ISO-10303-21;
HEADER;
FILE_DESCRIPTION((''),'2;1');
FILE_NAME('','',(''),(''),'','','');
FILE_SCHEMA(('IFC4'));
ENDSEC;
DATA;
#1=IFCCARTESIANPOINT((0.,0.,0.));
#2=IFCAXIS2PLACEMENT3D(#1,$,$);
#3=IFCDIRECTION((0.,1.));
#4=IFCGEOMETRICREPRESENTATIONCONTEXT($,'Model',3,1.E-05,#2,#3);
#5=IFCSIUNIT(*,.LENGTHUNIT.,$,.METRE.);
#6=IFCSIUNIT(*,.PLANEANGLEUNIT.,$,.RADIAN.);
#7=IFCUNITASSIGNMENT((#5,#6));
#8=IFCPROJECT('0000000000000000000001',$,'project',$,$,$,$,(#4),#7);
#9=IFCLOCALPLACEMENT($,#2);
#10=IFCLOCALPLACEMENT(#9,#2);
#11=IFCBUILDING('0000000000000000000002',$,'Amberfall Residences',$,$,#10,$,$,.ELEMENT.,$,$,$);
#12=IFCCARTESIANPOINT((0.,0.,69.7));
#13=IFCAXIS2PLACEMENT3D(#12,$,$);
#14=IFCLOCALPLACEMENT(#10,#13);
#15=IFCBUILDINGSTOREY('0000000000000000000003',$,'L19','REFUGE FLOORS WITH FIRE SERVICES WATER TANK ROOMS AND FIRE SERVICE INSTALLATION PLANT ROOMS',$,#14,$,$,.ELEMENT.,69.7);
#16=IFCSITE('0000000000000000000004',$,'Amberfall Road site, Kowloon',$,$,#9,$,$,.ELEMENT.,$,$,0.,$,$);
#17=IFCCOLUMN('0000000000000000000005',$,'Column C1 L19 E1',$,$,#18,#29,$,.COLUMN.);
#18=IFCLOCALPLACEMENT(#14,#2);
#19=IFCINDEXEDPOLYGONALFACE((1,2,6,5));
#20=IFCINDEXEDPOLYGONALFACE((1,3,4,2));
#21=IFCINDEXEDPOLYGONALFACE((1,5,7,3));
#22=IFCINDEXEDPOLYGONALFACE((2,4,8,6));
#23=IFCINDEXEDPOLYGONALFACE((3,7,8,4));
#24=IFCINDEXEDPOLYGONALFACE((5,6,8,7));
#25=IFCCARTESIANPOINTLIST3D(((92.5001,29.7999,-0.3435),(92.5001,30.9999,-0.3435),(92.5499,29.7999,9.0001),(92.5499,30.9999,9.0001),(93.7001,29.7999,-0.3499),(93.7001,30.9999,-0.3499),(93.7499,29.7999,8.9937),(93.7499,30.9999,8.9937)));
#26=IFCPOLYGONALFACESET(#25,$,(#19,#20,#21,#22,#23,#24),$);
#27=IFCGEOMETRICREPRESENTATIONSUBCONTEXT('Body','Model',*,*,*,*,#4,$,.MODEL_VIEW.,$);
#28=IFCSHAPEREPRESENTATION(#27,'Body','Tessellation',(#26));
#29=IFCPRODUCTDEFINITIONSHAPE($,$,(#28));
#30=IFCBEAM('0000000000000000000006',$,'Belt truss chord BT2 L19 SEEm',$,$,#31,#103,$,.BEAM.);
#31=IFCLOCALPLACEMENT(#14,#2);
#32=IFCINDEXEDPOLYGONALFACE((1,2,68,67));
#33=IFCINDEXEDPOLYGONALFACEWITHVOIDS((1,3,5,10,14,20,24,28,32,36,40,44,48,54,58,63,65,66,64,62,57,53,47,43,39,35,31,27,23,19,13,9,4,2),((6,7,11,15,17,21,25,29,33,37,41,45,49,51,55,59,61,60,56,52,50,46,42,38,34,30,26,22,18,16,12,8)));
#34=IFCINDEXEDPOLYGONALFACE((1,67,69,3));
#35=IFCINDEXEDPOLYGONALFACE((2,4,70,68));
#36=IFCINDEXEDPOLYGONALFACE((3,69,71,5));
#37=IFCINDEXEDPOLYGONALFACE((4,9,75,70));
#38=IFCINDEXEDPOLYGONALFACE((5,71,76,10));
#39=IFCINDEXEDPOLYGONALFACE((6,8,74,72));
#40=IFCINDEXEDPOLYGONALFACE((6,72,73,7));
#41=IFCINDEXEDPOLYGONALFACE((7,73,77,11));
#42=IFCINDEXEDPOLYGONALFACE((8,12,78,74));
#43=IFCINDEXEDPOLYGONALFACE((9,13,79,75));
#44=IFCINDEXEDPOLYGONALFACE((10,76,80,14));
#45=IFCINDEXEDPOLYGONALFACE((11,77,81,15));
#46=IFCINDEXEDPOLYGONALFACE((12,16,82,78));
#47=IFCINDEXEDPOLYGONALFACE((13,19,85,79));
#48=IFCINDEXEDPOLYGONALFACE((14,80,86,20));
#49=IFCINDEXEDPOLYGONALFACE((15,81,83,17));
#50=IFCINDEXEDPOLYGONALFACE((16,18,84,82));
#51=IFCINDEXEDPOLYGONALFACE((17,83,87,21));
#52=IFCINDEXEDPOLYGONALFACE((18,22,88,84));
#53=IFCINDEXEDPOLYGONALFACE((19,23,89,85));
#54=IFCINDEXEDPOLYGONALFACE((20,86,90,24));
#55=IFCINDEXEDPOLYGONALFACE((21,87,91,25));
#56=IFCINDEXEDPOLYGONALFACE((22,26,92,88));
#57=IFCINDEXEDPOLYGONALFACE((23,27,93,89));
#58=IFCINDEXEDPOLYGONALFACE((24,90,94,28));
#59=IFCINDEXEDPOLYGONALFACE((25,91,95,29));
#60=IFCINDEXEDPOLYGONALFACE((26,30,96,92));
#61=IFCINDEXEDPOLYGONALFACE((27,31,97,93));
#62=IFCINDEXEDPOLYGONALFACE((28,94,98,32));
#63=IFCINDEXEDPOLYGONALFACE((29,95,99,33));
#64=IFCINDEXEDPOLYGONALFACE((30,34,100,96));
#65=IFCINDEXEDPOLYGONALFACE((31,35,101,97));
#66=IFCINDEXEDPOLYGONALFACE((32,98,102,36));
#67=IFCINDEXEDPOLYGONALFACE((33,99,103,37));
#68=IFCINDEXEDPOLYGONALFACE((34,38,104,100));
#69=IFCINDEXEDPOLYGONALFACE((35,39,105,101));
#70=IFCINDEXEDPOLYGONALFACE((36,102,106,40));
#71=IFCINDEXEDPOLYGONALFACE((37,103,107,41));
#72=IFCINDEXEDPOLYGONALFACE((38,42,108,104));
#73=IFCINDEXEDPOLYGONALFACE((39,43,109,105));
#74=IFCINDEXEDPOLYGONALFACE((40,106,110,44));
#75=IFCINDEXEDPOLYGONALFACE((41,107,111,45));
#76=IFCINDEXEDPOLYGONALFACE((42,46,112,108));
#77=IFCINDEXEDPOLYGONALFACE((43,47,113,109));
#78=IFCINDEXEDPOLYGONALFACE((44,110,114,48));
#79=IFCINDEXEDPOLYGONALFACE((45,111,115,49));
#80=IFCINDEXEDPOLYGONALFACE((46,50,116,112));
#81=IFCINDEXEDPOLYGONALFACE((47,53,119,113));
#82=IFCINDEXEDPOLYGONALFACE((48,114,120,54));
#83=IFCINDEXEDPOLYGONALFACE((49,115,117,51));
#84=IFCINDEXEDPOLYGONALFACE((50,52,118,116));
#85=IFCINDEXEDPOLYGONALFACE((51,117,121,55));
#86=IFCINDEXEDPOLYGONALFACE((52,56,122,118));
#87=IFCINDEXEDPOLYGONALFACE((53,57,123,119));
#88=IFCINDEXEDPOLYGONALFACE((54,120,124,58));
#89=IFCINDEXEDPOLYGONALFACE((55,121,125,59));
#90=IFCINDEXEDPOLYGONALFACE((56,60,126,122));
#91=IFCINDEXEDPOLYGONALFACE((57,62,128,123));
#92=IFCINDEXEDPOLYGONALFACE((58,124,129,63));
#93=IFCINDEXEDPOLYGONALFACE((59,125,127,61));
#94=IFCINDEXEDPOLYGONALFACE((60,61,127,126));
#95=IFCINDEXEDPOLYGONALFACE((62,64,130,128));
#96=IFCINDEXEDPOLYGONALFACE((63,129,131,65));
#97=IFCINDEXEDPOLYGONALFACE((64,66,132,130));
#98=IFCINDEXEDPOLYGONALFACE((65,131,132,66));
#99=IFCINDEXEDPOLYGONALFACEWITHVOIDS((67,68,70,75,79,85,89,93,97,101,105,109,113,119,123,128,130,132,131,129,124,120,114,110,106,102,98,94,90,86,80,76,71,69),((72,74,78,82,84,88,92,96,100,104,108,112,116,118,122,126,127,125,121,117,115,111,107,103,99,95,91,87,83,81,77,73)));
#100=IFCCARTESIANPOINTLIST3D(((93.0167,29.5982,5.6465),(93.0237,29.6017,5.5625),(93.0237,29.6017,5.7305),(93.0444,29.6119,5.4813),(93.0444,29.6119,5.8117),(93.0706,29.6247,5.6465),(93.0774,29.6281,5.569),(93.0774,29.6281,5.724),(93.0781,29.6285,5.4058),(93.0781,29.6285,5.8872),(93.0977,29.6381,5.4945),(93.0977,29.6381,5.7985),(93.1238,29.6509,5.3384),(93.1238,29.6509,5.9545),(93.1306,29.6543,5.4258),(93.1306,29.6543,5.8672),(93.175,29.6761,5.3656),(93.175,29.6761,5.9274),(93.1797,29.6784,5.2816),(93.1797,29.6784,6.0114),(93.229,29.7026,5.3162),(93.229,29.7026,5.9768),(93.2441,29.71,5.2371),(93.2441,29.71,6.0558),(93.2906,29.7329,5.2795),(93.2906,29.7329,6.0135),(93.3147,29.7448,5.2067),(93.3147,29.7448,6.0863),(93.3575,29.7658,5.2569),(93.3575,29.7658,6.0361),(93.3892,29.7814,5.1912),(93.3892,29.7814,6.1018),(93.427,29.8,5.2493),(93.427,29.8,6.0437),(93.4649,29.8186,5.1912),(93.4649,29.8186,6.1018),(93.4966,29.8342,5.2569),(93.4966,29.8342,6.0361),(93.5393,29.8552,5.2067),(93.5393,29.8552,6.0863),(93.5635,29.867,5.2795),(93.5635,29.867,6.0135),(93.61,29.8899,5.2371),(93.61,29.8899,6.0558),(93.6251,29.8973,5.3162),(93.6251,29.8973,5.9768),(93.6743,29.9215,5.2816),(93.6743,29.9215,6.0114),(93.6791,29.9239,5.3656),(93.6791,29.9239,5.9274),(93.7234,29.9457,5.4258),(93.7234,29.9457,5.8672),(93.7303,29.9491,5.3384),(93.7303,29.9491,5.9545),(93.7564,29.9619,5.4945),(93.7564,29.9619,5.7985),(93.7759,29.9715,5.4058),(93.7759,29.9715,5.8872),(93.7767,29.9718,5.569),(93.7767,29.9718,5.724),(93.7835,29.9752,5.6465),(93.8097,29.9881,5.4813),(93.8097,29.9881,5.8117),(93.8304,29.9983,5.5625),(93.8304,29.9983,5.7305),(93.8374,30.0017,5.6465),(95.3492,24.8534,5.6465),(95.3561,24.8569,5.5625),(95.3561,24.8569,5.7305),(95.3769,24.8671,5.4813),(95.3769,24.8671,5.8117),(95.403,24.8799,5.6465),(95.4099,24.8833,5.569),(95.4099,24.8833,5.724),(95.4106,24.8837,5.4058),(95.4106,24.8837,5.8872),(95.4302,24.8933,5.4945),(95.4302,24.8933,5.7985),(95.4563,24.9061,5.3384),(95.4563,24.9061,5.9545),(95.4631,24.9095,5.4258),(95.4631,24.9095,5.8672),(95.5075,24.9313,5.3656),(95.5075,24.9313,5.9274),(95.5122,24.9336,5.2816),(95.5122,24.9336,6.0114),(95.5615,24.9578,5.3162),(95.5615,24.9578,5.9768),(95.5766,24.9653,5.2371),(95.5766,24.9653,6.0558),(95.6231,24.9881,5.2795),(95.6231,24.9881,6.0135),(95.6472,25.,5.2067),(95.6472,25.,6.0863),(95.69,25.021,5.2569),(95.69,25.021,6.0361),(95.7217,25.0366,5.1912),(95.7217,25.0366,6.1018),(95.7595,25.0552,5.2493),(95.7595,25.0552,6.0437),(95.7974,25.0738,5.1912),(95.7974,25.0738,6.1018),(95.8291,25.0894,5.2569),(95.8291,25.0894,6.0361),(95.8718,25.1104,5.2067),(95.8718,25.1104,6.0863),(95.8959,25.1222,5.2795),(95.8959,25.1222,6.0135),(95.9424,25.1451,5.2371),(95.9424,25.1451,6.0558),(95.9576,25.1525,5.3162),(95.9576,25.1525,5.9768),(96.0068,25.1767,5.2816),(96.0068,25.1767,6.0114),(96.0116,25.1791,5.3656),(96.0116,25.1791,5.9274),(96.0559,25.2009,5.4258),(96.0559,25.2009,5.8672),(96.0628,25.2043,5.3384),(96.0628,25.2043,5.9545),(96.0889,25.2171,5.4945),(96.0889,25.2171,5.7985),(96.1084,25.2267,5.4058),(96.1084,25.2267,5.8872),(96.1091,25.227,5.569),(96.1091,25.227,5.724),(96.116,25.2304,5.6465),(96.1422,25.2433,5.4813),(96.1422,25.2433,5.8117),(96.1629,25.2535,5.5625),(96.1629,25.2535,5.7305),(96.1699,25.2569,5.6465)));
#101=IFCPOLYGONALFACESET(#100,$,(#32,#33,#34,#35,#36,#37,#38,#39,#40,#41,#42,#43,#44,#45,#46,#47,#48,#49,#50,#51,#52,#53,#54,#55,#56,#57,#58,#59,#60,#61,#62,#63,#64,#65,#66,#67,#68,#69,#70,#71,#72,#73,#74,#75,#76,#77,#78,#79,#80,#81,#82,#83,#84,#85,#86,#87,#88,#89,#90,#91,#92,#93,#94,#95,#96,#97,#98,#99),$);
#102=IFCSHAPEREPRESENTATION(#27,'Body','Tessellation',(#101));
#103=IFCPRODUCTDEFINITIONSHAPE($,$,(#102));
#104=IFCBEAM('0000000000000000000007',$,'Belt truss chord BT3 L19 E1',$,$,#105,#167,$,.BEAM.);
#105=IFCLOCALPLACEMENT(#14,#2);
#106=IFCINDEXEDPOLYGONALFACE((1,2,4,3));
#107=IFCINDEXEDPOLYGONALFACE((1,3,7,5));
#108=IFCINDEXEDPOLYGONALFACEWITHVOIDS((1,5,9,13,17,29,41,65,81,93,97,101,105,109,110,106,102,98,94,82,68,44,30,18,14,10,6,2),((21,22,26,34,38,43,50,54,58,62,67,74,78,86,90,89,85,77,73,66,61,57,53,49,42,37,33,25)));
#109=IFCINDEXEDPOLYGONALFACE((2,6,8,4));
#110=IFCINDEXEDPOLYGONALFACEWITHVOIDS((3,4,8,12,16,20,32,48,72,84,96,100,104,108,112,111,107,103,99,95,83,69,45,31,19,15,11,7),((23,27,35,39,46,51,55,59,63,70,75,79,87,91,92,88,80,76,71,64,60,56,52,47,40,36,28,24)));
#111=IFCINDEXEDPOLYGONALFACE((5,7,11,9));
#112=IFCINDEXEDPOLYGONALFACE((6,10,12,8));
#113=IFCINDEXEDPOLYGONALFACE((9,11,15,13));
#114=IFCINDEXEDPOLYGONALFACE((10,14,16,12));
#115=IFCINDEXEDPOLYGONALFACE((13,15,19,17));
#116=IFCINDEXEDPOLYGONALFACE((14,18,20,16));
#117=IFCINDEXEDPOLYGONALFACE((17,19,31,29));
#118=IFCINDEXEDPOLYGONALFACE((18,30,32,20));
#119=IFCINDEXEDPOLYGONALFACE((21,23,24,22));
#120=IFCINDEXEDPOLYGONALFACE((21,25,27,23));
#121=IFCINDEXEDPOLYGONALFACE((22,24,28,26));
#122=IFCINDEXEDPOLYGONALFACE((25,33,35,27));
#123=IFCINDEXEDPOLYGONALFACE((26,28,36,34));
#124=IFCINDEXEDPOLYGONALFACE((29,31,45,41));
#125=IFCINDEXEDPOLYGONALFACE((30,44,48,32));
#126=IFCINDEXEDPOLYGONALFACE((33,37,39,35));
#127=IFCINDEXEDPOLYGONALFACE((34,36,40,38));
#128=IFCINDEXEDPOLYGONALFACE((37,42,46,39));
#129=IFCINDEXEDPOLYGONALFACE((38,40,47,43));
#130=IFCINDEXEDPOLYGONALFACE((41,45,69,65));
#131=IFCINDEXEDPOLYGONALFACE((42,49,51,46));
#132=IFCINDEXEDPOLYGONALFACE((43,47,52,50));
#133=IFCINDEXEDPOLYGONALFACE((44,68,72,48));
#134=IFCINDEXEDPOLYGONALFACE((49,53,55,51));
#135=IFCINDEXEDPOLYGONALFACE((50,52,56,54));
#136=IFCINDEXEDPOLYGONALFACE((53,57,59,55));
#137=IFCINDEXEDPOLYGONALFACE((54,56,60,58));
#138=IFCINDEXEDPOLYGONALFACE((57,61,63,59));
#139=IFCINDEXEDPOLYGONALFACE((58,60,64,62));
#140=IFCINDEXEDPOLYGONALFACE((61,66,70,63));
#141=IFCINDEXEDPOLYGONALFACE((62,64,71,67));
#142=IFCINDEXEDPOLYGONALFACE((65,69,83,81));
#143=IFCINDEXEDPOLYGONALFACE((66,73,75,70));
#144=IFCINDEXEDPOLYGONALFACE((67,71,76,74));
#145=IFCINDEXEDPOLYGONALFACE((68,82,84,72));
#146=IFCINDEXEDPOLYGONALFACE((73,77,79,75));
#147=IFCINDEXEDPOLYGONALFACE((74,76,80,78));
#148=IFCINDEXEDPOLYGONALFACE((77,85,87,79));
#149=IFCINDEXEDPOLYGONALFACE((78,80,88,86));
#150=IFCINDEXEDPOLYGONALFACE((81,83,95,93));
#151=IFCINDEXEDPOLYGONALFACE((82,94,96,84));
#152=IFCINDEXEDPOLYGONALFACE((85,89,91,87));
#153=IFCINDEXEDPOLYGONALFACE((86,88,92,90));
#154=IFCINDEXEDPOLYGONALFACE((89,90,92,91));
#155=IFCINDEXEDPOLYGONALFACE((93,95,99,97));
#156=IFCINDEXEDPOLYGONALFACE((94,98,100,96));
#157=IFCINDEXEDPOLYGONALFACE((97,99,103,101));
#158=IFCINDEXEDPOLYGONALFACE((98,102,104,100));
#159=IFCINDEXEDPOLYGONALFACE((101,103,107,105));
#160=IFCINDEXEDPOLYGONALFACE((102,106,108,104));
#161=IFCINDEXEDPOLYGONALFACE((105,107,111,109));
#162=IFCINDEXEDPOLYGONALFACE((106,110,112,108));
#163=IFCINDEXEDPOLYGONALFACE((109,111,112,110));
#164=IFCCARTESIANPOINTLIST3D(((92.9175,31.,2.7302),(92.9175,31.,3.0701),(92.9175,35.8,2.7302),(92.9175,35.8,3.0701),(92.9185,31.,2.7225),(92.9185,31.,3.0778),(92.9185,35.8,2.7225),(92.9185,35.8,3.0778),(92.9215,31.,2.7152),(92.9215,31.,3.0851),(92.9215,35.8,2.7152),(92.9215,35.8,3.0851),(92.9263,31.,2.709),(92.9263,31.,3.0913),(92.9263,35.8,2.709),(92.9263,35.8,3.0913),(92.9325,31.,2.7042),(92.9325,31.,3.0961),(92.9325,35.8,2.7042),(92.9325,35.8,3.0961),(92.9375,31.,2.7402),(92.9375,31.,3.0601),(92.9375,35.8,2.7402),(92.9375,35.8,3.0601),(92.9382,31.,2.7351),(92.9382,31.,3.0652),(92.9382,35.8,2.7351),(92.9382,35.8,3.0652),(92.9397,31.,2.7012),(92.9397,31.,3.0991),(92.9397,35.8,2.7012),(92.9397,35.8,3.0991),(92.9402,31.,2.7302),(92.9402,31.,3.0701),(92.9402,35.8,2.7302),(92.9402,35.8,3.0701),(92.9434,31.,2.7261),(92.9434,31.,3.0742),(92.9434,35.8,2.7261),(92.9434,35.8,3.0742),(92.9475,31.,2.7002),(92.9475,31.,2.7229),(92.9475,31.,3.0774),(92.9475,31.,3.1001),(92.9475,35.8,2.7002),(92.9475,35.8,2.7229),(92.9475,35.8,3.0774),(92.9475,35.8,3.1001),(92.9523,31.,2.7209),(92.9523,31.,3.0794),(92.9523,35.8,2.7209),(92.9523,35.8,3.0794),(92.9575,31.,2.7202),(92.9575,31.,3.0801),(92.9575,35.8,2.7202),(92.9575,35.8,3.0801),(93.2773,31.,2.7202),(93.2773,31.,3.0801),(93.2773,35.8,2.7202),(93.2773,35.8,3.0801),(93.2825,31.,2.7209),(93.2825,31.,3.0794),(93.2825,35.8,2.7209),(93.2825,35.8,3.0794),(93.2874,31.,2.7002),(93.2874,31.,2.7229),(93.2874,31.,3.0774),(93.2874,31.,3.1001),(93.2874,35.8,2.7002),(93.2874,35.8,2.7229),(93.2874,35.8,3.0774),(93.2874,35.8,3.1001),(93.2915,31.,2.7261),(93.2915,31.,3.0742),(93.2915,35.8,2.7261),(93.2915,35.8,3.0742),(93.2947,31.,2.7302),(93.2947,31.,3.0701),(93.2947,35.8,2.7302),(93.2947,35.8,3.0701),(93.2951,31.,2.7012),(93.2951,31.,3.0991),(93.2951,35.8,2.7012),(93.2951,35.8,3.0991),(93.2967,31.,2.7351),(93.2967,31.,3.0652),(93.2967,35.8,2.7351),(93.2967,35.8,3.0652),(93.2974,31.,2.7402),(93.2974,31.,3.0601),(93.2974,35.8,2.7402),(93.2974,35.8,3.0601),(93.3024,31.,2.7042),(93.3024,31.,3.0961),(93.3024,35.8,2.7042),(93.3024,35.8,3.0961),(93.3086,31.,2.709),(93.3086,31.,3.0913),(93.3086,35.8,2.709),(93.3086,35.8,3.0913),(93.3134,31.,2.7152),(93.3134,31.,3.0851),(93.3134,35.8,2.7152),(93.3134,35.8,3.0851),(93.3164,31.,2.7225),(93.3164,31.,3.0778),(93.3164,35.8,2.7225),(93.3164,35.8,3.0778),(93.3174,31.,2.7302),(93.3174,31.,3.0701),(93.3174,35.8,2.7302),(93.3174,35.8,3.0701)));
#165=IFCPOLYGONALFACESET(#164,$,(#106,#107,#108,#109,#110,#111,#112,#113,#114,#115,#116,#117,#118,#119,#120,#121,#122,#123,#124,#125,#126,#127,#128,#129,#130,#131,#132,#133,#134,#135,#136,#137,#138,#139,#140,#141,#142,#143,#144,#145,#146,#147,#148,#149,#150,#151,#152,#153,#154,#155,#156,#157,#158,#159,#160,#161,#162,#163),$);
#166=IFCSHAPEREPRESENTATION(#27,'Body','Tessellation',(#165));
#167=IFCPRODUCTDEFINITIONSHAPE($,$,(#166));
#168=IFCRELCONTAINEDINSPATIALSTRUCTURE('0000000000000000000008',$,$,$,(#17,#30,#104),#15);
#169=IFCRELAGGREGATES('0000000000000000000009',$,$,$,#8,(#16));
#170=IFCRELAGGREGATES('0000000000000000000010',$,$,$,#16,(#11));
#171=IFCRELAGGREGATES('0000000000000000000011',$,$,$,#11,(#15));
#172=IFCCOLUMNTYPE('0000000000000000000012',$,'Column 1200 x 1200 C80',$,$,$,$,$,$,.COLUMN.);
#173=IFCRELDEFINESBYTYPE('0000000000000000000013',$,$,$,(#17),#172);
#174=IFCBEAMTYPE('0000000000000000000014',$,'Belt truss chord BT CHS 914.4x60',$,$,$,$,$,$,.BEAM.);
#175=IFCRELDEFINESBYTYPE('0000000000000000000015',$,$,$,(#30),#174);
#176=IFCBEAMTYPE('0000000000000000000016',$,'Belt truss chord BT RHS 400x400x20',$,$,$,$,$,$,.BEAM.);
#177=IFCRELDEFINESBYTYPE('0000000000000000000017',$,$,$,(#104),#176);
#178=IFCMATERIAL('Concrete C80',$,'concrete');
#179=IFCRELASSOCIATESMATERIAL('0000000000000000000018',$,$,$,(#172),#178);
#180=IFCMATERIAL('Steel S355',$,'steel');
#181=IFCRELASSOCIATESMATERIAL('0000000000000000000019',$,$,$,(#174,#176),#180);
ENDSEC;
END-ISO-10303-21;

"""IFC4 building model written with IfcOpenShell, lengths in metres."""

from ifc_helpers import new_model, si_unit, direction, frame, origin, origin_2d, place, context, subcontext, project, spatial, rectangle, hollow_rectangle, hollow_circle, extrude, material, material_profile, profile_set, type_object, element, save


model = new_model("IFC4")

# Units and contexts
model_context = context("Model", 3, precision=1e-05, world=origin(), true_north=direction((0.0, 1.0)))
body_context = subcontext(model_context, "Body", "Model", "MODEL_VIEW")
ifc_project = project(units=[si_unit("LENGTHUNIT", "METRE"), si_unit("PLANEANGLEUNIT", "RADIAN")], contexts=[model_context])

# Site, building, storey
site_placement = place(None, origin())
site = spatial("IfcSite", under=ifc_project, at=site_placement, Name="Amberfall Road site, Kowloon", CompositionType="ELEMENT", RefElevation=0.0)
building_placement = place(site_placement, origin())
building = spatial("IfcBuilding", under=site, at=building_placement, Name="Amberfall Residences", CompositionType="ELEMENT")
storey_placement = place(building_placement, frame((0.0, 0.0, 69.7)))
storey = spatial("IfcBuildingStorey", under=building, at=storey_placement, Name="L19", Description="REFUGE FLOORS WITH FIRE SERVICES WATER TANK ROOMS AND FIRE SERVICE INSTALLATION PLANT ROOMS", CompositionType="ELEMENT", Elevation=69.7)

# Column
ifc_material_1 = material(Name="Concrete C80", Category="concrete")
ifc_material_profile_1 = material_profile(ifc_material_1, rectangle(XDim=1.2, YDim=1.2, at=origin_2d()), Name="Column 1200 x 1200 C80")
ifc_profile_set_1 = profile_set([ifc_material_profile_1], Name="Concrete C80")
column_type = type_object("IfcColumnType", Name="Column 1200 x 1200 C80", PredefinedType="COLUMN", material=ifc_profile_set_1)
column_placement = place(storey_placement, frame((93.1001, 30.3999, -0.3467), z_axis=(0.00533, 0.0, 0.999986), x_axis=(0.0, 1.0, 0.0)))
element("IfcColumn", 1, at=column_placement, inside=storey, type_object=column_type, Name="Column C1 L19 E1", PredefinedType="COLUMN", context=body_context, shape_type="SweptSolid", body=[
    extrude(rectangle(XDim=1.2, YDim=1.2, at=origin_2d()), origin(), (0.0, 0.0, 1.0), 9.3438),
])

# Beams
ifc_material_2 = material(Name="Steel S355", Category="steel")
ifc_material_profile_2 = material_profile(ifc_material_2, hollow_circle(Radius=0.4573, WallThickness=0.0601, at=origin_2d()), Name="CHS 914.4x60")
ifc_profile_set_2 = profile_set([ifc_material_profile_2], Name="Steel S355")
beam_type_1 = type_object("IfcBeamType", Name="Belt truss chord BT CHS 914.4x60", PredefinedType="BEAM", material=ifc_profile_set_2)
beam_1_placement = place(storey_placement, frame((95.7595, 25.0552, 5.6465), z_axis=(-0.441164, 0.897427, 0.0), x_axis=(-0.897427, -0.441164, 0.0)))
element("IfcBeam", 2, at=beam_1_placement, inside=storey, type_object=beam_type_1, Name="Belt truss chord BT2 L19 SEEm", PredefinedType="BEAM", context=body_context, shape_type="SweptSolid", body=[
    extrude(hollow_circle(Radius=0.4573, WallThickness=0.0601, at=origin_2d()), origin(), (0.0, 0.0, 1.0), 5.2871),
])
ifc_material_profile_3 = material_profile(ifc_material_2, hollow_rectangle(XDim=0.3999, YDim=0.3999, WallThickness=0.02, InnerFilletRadius=0.02, OuterFilletRadius=0.03, at=origin_2d()), Name="RHS 400x400x20")
ifc_profile_set_3 = profile_set([ifc_material_profile_3], Name="Steel S355")
beam_type_2 = type_object("IfcBeamType", Name="Belt truss chord BT RHS 400x400x20", PredefinedType="BEAM", material=ifc_profile_set_3)
for number, where, z_axis, x_axis, name in (
    (3, (93.1174, 31.0, 2.9001), (0.0, 1.0, 0.0), (-1.0, 0.0, 0.0), "Belt truss chord BT3 L19 E1"),
):
    element("IfcBeam", number, at=place(storey_placement, frame(where, z_axis=z_axis, x_axis=x_axis)), inside=storey, type_object=beam_type_2, Name=name, PredefinedType="BEAM", context=body_context, shape_type="SweptSolid", body=[
        extrude(hollow_rectangle(XDim=0.3999, YDim=0.3999, WallThickness=0.02, InnerFilletRadius=0.02, OuterFilletRadius=0.03, at=origin_2d()), origin(), (0.0, 0.0, 1.0), 4.8),
    ])

save(model, "model.ifc")
